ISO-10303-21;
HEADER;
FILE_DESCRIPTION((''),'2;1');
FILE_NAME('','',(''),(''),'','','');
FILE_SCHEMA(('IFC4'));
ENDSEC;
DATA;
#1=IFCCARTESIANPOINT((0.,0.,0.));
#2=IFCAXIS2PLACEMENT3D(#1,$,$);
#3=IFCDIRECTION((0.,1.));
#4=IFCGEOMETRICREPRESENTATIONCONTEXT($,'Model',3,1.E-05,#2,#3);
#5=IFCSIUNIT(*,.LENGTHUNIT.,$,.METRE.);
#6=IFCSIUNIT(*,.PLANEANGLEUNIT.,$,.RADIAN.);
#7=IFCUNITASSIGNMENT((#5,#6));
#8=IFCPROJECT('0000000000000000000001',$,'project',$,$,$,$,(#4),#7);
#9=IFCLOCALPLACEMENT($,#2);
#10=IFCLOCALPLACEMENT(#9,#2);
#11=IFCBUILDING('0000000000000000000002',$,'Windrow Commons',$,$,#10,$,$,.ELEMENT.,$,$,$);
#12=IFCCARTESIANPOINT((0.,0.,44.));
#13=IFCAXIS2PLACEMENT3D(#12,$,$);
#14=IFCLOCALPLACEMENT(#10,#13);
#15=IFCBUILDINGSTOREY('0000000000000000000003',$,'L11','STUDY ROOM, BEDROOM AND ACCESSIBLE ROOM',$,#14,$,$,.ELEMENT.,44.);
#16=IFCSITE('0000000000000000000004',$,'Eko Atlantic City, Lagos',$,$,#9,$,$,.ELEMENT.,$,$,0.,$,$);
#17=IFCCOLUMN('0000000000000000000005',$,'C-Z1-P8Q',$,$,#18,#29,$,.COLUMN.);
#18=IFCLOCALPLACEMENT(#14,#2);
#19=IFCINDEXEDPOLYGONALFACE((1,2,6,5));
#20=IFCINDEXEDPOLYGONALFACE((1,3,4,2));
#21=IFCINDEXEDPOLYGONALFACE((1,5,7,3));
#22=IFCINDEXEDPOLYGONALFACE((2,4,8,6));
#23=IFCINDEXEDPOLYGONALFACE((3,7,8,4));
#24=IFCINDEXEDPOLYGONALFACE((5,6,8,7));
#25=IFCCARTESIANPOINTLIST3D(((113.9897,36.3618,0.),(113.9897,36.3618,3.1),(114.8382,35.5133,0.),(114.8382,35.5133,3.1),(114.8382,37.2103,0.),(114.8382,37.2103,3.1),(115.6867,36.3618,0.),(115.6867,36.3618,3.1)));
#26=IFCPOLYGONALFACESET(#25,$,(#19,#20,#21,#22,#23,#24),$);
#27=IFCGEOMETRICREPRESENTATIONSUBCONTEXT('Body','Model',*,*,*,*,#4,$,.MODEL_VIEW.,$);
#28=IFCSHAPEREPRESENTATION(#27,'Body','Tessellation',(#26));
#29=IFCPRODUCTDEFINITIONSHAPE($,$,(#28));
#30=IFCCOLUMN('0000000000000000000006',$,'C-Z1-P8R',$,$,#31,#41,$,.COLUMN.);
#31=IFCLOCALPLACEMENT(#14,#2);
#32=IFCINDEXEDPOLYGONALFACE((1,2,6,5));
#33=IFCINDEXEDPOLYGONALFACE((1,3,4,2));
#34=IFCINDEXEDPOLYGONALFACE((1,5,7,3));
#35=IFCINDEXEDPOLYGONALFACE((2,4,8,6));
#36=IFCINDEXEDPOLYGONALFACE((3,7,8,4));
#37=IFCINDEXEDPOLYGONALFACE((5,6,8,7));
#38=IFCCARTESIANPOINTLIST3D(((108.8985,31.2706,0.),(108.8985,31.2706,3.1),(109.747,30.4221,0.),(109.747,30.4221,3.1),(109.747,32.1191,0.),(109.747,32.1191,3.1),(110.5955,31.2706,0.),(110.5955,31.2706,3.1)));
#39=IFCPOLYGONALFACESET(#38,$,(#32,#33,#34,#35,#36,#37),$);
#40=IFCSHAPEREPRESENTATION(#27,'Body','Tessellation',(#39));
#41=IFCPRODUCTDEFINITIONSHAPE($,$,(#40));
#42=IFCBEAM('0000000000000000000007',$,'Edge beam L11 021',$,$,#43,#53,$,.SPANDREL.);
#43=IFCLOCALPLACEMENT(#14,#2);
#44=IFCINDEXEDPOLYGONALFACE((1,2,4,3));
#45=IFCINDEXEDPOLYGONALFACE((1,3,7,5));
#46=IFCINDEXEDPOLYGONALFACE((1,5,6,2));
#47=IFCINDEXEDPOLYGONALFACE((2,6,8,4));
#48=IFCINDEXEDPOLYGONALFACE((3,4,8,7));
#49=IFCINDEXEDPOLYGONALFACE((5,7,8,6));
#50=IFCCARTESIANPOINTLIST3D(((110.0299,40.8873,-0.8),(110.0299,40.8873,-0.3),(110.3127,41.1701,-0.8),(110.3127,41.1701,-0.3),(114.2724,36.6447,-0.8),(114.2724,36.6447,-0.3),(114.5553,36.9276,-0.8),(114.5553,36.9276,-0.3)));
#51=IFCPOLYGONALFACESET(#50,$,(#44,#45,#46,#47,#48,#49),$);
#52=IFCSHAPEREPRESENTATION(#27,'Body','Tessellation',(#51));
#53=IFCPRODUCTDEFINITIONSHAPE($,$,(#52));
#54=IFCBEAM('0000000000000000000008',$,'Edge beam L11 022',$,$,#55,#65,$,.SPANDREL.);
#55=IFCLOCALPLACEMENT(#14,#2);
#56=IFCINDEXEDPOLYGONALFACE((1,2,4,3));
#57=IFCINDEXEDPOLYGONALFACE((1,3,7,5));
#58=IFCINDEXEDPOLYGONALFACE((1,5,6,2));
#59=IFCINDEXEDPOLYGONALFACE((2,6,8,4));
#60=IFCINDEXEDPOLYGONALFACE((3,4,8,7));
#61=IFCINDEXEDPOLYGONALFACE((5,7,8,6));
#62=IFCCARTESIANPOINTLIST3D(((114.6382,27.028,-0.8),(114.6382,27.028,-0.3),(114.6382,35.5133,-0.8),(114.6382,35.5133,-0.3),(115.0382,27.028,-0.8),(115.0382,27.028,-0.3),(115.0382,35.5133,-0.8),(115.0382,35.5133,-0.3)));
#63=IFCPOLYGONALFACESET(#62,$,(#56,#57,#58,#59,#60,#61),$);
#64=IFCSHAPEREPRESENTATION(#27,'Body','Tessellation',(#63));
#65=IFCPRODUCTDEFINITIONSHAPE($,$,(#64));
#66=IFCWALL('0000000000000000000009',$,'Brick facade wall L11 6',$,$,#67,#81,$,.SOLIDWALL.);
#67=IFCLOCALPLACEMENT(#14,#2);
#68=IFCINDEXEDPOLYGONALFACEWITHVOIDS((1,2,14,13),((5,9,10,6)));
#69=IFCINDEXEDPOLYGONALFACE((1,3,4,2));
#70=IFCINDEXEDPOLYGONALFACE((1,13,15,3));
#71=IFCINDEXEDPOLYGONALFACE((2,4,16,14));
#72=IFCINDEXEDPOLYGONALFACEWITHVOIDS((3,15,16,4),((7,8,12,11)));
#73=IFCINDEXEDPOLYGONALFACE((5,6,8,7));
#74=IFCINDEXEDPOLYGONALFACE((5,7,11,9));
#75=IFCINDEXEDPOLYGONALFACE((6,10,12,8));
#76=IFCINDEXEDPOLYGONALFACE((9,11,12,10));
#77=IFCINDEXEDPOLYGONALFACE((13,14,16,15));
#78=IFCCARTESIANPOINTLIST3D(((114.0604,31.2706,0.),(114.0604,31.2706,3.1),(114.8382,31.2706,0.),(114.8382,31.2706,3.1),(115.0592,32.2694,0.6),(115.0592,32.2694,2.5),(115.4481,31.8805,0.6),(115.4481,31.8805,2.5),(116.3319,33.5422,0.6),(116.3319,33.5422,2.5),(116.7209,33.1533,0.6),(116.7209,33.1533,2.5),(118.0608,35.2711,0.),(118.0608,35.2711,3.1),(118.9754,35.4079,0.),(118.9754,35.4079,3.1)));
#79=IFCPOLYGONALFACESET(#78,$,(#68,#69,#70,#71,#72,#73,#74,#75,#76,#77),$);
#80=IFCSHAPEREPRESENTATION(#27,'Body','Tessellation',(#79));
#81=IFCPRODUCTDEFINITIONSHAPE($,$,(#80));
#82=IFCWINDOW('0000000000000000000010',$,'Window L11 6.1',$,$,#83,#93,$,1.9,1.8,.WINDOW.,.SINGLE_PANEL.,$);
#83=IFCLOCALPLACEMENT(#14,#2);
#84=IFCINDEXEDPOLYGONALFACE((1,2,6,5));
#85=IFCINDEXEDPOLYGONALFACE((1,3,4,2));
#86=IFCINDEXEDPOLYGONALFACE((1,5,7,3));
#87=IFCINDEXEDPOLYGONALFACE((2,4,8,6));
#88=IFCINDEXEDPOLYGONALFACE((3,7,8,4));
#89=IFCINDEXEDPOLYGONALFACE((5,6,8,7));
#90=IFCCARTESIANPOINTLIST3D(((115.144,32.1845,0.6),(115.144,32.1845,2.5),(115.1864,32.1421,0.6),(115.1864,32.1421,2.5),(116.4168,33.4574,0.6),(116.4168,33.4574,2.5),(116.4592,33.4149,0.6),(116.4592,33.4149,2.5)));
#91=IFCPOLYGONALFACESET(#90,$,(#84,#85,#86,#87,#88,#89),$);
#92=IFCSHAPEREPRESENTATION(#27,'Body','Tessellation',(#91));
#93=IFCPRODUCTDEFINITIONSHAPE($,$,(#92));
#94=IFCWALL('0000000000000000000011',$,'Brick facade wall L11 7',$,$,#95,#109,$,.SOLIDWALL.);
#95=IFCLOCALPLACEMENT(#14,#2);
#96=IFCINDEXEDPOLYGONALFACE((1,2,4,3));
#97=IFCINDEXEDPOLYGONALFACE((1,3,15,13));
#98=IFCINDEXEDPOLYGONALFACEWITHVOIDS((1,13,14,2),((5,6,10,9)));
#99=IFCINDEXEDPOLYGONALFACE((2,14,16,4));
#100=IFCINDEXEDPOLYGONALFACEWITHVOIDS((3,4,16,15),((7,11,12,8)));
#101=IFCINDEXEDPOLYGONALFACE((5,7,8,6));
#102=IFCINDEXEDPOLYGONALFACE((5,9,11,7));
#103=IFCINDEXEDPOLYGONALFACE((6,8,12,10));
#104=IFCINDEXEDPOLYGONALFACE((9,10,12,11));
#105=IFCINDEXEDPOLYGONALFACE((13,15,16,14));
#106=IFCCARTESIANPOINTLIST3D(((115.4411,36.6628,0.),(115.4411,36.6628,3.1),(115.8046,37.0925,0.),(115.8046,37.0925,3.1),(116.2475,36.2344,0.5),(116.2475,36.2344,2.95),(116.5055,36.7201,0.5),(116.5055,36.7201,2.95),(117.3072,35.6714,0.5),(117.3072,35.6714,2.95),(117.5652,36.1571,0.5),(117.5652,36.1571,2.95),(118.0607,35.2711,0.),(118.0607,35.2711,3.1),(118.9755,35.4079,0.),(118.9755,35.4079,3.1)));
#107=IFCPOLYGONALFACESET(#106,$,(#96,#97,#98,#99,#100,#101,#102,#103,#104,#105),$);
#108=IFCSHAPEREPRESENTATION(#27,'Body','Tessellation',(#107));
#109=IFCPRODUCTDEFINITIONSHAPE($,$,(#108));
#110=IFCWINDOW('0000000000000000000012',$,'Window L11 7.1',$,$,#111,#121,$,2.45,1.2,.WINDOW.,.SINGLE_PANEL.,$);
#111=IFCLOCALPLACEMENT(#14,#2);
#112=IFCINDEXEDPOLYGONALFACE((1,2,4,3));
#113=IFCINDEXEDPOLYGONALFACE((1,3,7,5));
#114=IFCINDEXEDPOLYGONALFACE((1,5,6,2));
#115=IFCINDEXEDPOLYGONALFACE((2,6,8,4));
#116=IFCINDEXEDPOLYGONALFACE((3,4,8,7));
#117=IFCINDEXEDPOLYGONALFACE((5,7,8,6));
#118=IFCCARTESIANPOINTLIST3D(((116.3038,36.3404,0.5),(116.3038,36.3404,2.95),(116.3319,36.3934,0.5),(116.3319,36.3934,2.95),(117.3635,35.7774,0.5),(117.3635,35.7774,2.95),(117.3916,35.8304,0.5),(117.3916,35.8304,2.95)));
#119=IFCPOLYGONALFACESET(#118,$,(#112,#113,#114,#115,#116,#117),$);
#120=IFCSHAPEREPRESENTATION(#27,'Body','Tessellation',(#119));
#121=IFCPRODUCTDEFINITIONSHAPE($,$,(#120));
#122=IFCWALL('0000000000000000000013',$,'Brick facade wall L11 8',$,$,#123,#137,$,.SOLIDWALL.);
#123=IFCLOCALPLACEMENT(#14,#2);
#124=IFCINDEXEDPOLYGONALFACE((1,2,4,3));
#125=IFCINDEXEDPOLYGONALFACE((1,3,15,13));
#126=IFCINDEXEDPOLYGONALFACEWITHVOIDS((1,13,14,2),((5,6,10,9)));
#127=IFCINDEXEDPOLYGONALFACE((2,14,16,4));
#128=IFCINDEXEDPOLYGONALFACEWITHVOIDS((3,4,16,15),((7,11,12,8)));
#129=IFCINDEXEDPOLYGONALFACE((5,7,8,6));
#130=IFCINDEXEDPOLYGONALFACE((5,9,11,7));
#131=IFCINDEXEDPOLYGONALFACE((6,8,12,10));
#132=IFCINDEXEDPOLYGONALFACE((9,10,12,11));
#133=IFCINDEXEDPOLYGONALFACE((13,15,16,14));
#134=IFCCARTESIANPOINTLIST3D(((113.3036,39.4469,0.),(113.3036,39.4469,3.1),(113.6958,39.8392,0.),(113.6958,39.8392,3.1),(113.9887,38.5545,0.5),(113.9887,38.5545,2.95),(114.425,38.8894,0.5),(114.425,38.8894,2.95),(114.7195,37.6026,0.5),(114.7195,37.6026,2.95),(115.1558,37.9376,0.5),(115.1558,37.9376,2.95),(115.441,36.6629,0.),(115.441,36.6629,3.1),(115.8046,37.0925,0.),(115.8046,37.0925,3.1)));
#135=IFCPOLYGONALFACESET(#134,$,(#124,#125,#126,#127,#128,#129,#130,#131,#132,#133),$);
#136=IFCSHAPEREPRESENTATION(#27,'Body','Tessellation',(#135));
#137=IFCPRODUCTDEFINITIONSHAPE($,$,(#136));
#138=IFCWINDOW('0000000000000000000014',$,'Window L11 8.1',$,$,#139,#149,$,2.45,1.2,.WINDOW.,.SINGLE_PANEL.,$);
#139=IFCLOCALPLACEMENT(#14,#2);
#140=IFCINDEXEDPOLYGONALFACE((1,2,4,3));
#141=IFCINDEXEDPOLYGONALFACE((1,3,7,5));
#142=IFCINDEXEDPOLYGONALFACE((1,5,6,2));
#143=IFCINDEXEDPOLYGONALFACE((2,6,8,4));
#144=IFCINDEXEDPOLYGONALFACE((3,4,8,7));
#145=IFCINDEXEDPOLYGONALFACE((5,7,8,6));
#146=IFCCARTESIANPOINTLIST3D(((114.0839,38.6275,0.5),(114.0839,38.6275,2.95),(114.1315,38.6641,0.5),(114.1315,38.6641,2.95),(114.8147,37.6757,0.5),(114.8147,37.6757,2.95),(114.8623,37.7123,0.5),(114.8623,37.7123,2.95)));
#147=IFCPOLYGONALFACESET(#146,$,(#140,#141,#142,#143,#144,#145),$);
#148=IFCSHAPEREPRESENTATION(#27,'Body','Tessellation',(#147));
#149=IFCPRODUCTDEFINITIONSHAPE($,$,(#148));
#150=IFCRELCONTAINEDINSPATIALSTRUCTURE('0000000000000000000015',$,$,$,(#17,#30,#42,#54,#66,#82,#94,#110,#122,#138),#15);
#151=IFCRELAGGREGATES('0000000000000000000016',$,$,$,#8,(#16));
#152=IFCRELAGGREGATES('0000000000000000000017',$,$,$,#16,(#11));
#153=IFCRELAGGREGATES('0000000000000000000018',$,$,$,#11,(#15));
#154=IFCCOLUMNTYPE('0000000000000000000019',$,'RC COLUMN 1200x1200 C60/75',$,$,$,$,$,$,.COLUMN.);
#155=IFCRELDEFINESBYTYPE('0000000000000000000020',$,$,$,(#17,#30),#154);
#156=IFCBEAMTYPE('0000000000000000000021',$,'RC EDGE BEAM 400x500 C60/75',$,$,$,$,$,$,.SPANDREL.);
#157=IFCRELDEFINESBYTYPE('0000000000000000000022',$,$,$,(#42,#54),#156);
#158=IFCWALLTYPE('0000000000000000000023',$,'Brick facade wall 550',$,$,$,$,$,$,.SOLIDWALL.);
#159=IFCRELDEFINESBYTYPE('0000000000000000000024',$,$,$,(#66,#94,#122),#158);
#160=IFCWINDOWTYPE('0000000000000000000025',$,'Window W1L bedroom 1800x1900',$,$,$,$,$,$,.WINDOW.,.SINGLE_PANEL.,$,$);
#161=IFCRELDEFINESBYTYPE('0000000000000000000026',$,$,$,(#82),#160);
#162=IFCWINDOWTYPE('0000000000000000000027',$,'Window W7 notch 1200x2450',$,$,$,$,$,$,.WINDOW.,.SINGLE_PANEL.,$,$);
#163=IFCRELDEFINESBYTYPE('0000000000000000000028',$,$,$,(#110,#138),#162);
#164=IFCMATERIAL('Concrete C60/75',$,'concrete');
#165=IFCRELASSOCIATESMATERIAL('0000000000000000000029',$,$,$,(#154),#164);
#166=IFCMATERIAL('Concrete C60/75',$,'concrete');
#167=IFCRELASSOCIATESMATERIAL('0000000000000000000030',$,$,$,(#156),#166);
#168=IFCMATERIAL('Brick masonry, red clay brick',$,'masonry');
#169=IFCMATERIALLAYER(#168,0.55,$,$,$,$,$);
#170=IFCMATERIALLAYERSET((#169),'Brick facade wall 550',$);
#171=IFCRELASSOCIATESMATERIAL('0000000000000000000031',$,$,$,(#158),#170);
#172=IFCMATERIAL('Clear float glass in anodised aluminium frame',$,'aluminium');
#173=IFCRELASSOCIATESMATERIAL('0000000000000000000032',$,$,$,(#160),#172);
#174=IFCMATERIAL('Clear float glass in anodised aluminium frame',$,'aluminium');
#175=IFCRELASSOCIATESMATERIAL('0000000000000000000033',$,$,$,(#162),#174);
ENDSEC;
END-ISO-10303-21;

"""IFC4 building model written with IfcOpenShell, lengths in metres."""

from ifc_helpers import new_model, si_unit, direction, frame, frame_2d, origin, origin_2d, place, context, subcontext, project, spatial, polyline, rectangle, outline, extrude, material, layer, layer_set, material_profile, profile_set, type_object, element, fill, save


model = new_model("IFC4")

# Units and contexts
model_context = context("Model", 3, precision=1e-05, world=origin(), true_north=direction((0.0, 1.0)))
body_context = subcontext(model_context, "Body", "Model", "MODEL_VIEW")
ifc_project = project(units=[si_unit("LENGTHUNIT", "METRE"), si_unit("PLANEANGLEUNIT", "RADIAN")], contexts=[model_context])

# Site, building, storey
site_placement = place(None, origin())
site = spatial("IfcSite", under=ifc_project, at=site_placement, Name="Eko Atlantic City, Lagos", CompositionType="ELEMENT", RefElevation=0.0)
building_placement = place(site_placement, origin())
building = spatial("IfcBuilding", under=site, at=building_placement, Name="Windrow Commons", CompositionType="ELEMENT")
storey_placement = place(building_placement, frame((0.0, 0.0, 44.0)))
storey = spatial("IfcBuildingStorey", under=building, at=storey_placement, Name="L11", Description="STUDY ROOM, BEDROOM AND ACCESSIBLE ROOM", CompositionType="ELEMENT", Elevation=44.0)

# Columns
ifc_material_1 = material(Name="Concrete C60/75", Category="concrete")
ifc_material_profile_1 = material_profile(ifc_material_1, rectangle(XDim=1.2, YDim=1.2, at=origin_2d()))
ifc_profile_set_1 = profile_set([ifc_material_profile_1], Name="Concrete C60/75")
column_type = type_object("IfcColumnType", Name="RC COLUMN 1200x1200 C60/75", PredefinedType="COLUMN", material=ifc_profile_set_1)
for number, where, z_axis, x_axis, name in (
    (1, (114.8382, 36.3618, 0.0), (0.0, 0.0, 1.0), (0.707107, -0.707107, 0.0), "C-Z1-P8Q"),
    (2, (109.747, 31.2706, 0.0), (0.0, 0.0, 1.0), (0.707107, -0.707107, 0.0), "C-Z1-P8R"),
):
    element("IfcColumn", number, at=place(storey_placement, frame(where, z_axis=z_axis, x_axis=x_axis)), inside=storey, type_object=column_type, Name=name, PredefinedType="COLUMN", context=body_context, shape_type="SweptSolid", body=[
        extrude(rectangle(XDim=1.2, YDim=1.2, at=origin_2d()), origin(), (0.0, 0.0, 1.0), 3.1),
    ])

# Beams
ifc_material_2 = material(Name="Concrete C60/75", Category="concrete")
ifc_material_profile_2 = material_profile(ifc_material_2, rectangle(XDim=0.4, YDim=0.5, at=origin_2d()))
ifc_profile_set_2 = profile_set([ifc_material_profile_2], Name="Concrete C60/75")
beam_type = type_object("IfcBeamType", Name="RC EDGE BEAM 400x500 C60/75", PredefinedType="SPANDREL", material=ifc_profile_set_2)
beam_1_placement = place(storey_placement, frame((110.1713, 41.0287, -0.55), z_axis=(0.707107, -0.707107, 0.0), x_axis=(0.707107, 0.707107, 0.0)))
element("IfcBeam", 3, at=beam_1_placement, inside=storey, type_object=beam_type, Name="Edge beam L11 021", PredefinedType="SPANDREL", context=body_context, shape_type="SweptSolid", body=[
    extrude(rectangle(XDim=0.4, YDim=0.5, at=origin_2d()), origin(), (0.0, 0.0, 1.0), 5.9999),
])
beam_2_placement = place(storey_placement, frame((114.8382, 35.5133, -0.55), z_axis=(0.0, -1.0, 0.0), x_axis=(1.0, 0.0, 0.0)))
element("IfcBeam", 4, at=beam_2_placement, inside=storey, type_object=beam_type, Name="Edge beam L11 022", PredefinedType="SPANDREL", context=body_context, shape_type="SweptSolid", body=[
    extrude(rectangle(XDim=0.4, YDim=0.5, at=origin_2d()), origin(), (0.0, 0.0, 1.0), 8.4853),
])

# Walls, openings, windows
ifc_material_3 = material(Name="Brick masonry, red clay brick", Category="masonry")
ifc_layer_1 = layer(ifc_material_3, 0.55)
ifc_layer_set_1 = layer_set([ifc_layer_1], Name="Brick facade wall 550")
wall_type_1 = type_object("IfcWallType", Name="Brick facade wall 550", PredefinedType="SOLIDWALL", material=ifc_layer_set_1)
wall_1_placement = place(storey_placement, frame((114.4493, 31.2706, 0.0), z_axis=(0.0, 0.0, 1.0), x_axis=(0.707098, 0.707115, 0.0)))
wall_1 = element("IfcWall", 5, at=wall_1_placement, inside=storey, type_object=wall_type_1, Name="Brick facade wall L11 6", PredefinedType="SOLIDWALL", context=body_context, shape_type="SweptSolid", body=[
    extrude(outline(polyline([(0.275, -0.275), (6.126, -0.275), (5.3825, 0.275), (-0.275, 0.275), (0.275, -0.275)])), origin(), (0.0, 0.0, 1.0), 3.1),
])
opening_1_placement = place(wall_1_placement, frame((1.1375, 0.0, 0.6)))
opening_1 = element("IfcOpeningElement", 6, at=opening_1_placement, cuts=wall_1, PredefinedType="OPENING", context=body_context, shape_type="SweptSolid", body=[
    extrude(rectangle(XDim=1.8, YDim=1.9, at=frame_2d((0.9, 0.95))), frame((0.0, 0.285, 0.0), z_axis=(0.0, -1.0, 0.0), x_axis=(1.0, 0.0, 0.0)), (0.0, 0.0, 1.0), 0.57),
])
ifc_material_4 = material(Name="Clear float glass in anodised aluminium frame", Category="aluminium")
window_type_1 = type_object("IfcWindowType", Name="Window W1L bedroom 1800x1900", PartitioningType="SINGLE_PANEL", PredefinedType="WINDOW", material=ifc_material_4)
window_1_placement = place(opening_1_placement, origin())
window_1 = element("IfcWindow", 7, at=window_1_placement, inside=storey, type_object=window_type_1, Name="Window L11 6.1", OverallHeight=1.9, OverallWidth=1.8, PartitioningType="SINGLE_PANEL", PredefinedType="WINDOW", context=body_context, shape_type="SweptSolid", body=[
    extrude(rectangle(XDim=1.8, YDim=1.9, at=frame_2d((0.9, 0.95))), frame((0.0, 0.155, 0.0), z_axis=(0.0, -1.0, 0.0), x_axis=(1.0, 0.0, 0.0)), (0.0, 0.0, 1.0), 0.06),
])
fill(opening_1, window_1)
wall_2_placement = place(storey_placement, frame((118.5181, 35.3395, 0.0), z_axis=(0.0, 0.0, 1.0), x_axis=(-0.883107, 0.469172, 0.0)))
wall_2 = element("IfcWall", 8, at=wall_2_placement, inside=storey, type_object=wall_type_1, Name="Brick facade wall L11 7", PredefinedType="SOLIDWALL", context=body_context, shape_type="SweptSolid", body=[
    extrude(outline(polyline([(-0.3718, -0.275), (3.2188, -0.275), (3.3382, 0.275), (0.3718, 0.275), (-0.3718, -0.275)])), origin(), (0.0, 0.0, 1.0), 3.1),
])
opening_2_placement = place(wall_2_placement, frame((1.2251, 0.0, 0.5)))
opening_2 = element("IfcOpeningElement", 9, at=opening_2_placement, cuts=wall_2, PredefinedType="OPENING", context=body_context, shape_type="SweptSolid", body=[
    extrude(rectangle(XDim=1.2, YDim=2.45, at=frame_2d((0.6, 1.225))), frame((0.0, 0.285, 0.0), z_axis=(0.0, -1.0, 0.0), x_axis=(1.0, 0.0, 0.0)), (0.0, 0.0, 1.0), 0.57),
])
ifc_material_5 = material(Name="Clear float glass in anodised aluminium frame", Category="aluminium")
window_type_2 = type_object("IfcWindowType", Name="Window W7 notch 1200x2450", PartitioningType="SINGLE_PANEL", PredefinedType="WINDOW", material=ifc_material_5)
window_2_placement = place(opening_2_placement, origin())
window_2 = element("IfcWindow", 10, at=window_2_placement, inside=storey, type_object=window_type_2, Name="Window L11 7.1", OverallHeight=2.45, OverallWidth=1.2, PartitioningType="SINGLE_PANEL", PredefinedType="WINDOW", context=body_context, shape_type="SweptSolid", body=[
    extrude(rectangle(XDim=1.2, YDim=2.45, at=frame_2d((0.6, 1.225))), frame((0.0, 0.155, 0.0), z_axis=(0.0, -1.0, 0.0), x_axis=(1.0, 0.0, 0.0)), (0.0, 0.0, 1.0), 0.06),
])
fill(opening_2, window_2)
wall_3_placement = place(storey_placement, frame((115.6228, 36.8777, 0.0), z_axis=(0.0, 0.0, 1.0), x_axis=(-0.60898, 0.793186, 0.0)))
wall_3 = element("IfcWall", 11, at=wall_3_placement, inside=storey, type_object=wall_type_1, Name="Brick facade wall L11 8", PredefinedType="SOLIDWALL", context=body_context, shape_type="SweptSolid", body=[
    extrude(outline(polyline([(0.0597, -0.275), (3.5225, -0.275), (3.4502, 0.275), (-0.0597, 0.275), (0.0597, -0.275)])), origin(), (0.0, 0.0, 1.0), 3.1),
])
opening_3_placement = place(wall_3_placement, frame((1.1251, 0.0, 0.5)))
opening_3 = element("IfcOpeningElement", 12, at=opening_3_placement, cuts=wall_3, PredefinedType="OPENING", context=body_context, shape_type="SweptSolid", body=[
    extrude(rectangle(XDim=1.2, YDim=2.45, at=frame_2d((0.6, 1.225))), frame((0.0, 0.285, 0.0), z_axis=(0.0, -1.0, 0.0), x_axis=(1.0, 0.0, 0.0)), (0.0, 0.0, 1.0), 0.57),
])
window_3_placement = place(opening_3_placement, origin())
window_3 = element("IfcWindow", 13, at=window_3_placement, inside=storey, type_object=window_type_2, Name="Window L11 8.1", OverallHeight=2.45, OverallWidth=1.2, PartitioningType="SINGLE_PANEL", PredefinedType="WINDOW", context=body_context, shape_type="SweptSolid", body=[
    extrude(rectangle(XDim=1.2, YDim=2.45, at=frame_2d((0.6, 1.225))), frame((0.0, 0.155, 0.0), z_axis=(0.0, -1.0, 0.0), x_axis=(1.0, 0.0, 0.0)), (0.0, 0.0, 1.0), 0.06),
])
fill(opening_3, window_3)

save(model, "model.ifc")
